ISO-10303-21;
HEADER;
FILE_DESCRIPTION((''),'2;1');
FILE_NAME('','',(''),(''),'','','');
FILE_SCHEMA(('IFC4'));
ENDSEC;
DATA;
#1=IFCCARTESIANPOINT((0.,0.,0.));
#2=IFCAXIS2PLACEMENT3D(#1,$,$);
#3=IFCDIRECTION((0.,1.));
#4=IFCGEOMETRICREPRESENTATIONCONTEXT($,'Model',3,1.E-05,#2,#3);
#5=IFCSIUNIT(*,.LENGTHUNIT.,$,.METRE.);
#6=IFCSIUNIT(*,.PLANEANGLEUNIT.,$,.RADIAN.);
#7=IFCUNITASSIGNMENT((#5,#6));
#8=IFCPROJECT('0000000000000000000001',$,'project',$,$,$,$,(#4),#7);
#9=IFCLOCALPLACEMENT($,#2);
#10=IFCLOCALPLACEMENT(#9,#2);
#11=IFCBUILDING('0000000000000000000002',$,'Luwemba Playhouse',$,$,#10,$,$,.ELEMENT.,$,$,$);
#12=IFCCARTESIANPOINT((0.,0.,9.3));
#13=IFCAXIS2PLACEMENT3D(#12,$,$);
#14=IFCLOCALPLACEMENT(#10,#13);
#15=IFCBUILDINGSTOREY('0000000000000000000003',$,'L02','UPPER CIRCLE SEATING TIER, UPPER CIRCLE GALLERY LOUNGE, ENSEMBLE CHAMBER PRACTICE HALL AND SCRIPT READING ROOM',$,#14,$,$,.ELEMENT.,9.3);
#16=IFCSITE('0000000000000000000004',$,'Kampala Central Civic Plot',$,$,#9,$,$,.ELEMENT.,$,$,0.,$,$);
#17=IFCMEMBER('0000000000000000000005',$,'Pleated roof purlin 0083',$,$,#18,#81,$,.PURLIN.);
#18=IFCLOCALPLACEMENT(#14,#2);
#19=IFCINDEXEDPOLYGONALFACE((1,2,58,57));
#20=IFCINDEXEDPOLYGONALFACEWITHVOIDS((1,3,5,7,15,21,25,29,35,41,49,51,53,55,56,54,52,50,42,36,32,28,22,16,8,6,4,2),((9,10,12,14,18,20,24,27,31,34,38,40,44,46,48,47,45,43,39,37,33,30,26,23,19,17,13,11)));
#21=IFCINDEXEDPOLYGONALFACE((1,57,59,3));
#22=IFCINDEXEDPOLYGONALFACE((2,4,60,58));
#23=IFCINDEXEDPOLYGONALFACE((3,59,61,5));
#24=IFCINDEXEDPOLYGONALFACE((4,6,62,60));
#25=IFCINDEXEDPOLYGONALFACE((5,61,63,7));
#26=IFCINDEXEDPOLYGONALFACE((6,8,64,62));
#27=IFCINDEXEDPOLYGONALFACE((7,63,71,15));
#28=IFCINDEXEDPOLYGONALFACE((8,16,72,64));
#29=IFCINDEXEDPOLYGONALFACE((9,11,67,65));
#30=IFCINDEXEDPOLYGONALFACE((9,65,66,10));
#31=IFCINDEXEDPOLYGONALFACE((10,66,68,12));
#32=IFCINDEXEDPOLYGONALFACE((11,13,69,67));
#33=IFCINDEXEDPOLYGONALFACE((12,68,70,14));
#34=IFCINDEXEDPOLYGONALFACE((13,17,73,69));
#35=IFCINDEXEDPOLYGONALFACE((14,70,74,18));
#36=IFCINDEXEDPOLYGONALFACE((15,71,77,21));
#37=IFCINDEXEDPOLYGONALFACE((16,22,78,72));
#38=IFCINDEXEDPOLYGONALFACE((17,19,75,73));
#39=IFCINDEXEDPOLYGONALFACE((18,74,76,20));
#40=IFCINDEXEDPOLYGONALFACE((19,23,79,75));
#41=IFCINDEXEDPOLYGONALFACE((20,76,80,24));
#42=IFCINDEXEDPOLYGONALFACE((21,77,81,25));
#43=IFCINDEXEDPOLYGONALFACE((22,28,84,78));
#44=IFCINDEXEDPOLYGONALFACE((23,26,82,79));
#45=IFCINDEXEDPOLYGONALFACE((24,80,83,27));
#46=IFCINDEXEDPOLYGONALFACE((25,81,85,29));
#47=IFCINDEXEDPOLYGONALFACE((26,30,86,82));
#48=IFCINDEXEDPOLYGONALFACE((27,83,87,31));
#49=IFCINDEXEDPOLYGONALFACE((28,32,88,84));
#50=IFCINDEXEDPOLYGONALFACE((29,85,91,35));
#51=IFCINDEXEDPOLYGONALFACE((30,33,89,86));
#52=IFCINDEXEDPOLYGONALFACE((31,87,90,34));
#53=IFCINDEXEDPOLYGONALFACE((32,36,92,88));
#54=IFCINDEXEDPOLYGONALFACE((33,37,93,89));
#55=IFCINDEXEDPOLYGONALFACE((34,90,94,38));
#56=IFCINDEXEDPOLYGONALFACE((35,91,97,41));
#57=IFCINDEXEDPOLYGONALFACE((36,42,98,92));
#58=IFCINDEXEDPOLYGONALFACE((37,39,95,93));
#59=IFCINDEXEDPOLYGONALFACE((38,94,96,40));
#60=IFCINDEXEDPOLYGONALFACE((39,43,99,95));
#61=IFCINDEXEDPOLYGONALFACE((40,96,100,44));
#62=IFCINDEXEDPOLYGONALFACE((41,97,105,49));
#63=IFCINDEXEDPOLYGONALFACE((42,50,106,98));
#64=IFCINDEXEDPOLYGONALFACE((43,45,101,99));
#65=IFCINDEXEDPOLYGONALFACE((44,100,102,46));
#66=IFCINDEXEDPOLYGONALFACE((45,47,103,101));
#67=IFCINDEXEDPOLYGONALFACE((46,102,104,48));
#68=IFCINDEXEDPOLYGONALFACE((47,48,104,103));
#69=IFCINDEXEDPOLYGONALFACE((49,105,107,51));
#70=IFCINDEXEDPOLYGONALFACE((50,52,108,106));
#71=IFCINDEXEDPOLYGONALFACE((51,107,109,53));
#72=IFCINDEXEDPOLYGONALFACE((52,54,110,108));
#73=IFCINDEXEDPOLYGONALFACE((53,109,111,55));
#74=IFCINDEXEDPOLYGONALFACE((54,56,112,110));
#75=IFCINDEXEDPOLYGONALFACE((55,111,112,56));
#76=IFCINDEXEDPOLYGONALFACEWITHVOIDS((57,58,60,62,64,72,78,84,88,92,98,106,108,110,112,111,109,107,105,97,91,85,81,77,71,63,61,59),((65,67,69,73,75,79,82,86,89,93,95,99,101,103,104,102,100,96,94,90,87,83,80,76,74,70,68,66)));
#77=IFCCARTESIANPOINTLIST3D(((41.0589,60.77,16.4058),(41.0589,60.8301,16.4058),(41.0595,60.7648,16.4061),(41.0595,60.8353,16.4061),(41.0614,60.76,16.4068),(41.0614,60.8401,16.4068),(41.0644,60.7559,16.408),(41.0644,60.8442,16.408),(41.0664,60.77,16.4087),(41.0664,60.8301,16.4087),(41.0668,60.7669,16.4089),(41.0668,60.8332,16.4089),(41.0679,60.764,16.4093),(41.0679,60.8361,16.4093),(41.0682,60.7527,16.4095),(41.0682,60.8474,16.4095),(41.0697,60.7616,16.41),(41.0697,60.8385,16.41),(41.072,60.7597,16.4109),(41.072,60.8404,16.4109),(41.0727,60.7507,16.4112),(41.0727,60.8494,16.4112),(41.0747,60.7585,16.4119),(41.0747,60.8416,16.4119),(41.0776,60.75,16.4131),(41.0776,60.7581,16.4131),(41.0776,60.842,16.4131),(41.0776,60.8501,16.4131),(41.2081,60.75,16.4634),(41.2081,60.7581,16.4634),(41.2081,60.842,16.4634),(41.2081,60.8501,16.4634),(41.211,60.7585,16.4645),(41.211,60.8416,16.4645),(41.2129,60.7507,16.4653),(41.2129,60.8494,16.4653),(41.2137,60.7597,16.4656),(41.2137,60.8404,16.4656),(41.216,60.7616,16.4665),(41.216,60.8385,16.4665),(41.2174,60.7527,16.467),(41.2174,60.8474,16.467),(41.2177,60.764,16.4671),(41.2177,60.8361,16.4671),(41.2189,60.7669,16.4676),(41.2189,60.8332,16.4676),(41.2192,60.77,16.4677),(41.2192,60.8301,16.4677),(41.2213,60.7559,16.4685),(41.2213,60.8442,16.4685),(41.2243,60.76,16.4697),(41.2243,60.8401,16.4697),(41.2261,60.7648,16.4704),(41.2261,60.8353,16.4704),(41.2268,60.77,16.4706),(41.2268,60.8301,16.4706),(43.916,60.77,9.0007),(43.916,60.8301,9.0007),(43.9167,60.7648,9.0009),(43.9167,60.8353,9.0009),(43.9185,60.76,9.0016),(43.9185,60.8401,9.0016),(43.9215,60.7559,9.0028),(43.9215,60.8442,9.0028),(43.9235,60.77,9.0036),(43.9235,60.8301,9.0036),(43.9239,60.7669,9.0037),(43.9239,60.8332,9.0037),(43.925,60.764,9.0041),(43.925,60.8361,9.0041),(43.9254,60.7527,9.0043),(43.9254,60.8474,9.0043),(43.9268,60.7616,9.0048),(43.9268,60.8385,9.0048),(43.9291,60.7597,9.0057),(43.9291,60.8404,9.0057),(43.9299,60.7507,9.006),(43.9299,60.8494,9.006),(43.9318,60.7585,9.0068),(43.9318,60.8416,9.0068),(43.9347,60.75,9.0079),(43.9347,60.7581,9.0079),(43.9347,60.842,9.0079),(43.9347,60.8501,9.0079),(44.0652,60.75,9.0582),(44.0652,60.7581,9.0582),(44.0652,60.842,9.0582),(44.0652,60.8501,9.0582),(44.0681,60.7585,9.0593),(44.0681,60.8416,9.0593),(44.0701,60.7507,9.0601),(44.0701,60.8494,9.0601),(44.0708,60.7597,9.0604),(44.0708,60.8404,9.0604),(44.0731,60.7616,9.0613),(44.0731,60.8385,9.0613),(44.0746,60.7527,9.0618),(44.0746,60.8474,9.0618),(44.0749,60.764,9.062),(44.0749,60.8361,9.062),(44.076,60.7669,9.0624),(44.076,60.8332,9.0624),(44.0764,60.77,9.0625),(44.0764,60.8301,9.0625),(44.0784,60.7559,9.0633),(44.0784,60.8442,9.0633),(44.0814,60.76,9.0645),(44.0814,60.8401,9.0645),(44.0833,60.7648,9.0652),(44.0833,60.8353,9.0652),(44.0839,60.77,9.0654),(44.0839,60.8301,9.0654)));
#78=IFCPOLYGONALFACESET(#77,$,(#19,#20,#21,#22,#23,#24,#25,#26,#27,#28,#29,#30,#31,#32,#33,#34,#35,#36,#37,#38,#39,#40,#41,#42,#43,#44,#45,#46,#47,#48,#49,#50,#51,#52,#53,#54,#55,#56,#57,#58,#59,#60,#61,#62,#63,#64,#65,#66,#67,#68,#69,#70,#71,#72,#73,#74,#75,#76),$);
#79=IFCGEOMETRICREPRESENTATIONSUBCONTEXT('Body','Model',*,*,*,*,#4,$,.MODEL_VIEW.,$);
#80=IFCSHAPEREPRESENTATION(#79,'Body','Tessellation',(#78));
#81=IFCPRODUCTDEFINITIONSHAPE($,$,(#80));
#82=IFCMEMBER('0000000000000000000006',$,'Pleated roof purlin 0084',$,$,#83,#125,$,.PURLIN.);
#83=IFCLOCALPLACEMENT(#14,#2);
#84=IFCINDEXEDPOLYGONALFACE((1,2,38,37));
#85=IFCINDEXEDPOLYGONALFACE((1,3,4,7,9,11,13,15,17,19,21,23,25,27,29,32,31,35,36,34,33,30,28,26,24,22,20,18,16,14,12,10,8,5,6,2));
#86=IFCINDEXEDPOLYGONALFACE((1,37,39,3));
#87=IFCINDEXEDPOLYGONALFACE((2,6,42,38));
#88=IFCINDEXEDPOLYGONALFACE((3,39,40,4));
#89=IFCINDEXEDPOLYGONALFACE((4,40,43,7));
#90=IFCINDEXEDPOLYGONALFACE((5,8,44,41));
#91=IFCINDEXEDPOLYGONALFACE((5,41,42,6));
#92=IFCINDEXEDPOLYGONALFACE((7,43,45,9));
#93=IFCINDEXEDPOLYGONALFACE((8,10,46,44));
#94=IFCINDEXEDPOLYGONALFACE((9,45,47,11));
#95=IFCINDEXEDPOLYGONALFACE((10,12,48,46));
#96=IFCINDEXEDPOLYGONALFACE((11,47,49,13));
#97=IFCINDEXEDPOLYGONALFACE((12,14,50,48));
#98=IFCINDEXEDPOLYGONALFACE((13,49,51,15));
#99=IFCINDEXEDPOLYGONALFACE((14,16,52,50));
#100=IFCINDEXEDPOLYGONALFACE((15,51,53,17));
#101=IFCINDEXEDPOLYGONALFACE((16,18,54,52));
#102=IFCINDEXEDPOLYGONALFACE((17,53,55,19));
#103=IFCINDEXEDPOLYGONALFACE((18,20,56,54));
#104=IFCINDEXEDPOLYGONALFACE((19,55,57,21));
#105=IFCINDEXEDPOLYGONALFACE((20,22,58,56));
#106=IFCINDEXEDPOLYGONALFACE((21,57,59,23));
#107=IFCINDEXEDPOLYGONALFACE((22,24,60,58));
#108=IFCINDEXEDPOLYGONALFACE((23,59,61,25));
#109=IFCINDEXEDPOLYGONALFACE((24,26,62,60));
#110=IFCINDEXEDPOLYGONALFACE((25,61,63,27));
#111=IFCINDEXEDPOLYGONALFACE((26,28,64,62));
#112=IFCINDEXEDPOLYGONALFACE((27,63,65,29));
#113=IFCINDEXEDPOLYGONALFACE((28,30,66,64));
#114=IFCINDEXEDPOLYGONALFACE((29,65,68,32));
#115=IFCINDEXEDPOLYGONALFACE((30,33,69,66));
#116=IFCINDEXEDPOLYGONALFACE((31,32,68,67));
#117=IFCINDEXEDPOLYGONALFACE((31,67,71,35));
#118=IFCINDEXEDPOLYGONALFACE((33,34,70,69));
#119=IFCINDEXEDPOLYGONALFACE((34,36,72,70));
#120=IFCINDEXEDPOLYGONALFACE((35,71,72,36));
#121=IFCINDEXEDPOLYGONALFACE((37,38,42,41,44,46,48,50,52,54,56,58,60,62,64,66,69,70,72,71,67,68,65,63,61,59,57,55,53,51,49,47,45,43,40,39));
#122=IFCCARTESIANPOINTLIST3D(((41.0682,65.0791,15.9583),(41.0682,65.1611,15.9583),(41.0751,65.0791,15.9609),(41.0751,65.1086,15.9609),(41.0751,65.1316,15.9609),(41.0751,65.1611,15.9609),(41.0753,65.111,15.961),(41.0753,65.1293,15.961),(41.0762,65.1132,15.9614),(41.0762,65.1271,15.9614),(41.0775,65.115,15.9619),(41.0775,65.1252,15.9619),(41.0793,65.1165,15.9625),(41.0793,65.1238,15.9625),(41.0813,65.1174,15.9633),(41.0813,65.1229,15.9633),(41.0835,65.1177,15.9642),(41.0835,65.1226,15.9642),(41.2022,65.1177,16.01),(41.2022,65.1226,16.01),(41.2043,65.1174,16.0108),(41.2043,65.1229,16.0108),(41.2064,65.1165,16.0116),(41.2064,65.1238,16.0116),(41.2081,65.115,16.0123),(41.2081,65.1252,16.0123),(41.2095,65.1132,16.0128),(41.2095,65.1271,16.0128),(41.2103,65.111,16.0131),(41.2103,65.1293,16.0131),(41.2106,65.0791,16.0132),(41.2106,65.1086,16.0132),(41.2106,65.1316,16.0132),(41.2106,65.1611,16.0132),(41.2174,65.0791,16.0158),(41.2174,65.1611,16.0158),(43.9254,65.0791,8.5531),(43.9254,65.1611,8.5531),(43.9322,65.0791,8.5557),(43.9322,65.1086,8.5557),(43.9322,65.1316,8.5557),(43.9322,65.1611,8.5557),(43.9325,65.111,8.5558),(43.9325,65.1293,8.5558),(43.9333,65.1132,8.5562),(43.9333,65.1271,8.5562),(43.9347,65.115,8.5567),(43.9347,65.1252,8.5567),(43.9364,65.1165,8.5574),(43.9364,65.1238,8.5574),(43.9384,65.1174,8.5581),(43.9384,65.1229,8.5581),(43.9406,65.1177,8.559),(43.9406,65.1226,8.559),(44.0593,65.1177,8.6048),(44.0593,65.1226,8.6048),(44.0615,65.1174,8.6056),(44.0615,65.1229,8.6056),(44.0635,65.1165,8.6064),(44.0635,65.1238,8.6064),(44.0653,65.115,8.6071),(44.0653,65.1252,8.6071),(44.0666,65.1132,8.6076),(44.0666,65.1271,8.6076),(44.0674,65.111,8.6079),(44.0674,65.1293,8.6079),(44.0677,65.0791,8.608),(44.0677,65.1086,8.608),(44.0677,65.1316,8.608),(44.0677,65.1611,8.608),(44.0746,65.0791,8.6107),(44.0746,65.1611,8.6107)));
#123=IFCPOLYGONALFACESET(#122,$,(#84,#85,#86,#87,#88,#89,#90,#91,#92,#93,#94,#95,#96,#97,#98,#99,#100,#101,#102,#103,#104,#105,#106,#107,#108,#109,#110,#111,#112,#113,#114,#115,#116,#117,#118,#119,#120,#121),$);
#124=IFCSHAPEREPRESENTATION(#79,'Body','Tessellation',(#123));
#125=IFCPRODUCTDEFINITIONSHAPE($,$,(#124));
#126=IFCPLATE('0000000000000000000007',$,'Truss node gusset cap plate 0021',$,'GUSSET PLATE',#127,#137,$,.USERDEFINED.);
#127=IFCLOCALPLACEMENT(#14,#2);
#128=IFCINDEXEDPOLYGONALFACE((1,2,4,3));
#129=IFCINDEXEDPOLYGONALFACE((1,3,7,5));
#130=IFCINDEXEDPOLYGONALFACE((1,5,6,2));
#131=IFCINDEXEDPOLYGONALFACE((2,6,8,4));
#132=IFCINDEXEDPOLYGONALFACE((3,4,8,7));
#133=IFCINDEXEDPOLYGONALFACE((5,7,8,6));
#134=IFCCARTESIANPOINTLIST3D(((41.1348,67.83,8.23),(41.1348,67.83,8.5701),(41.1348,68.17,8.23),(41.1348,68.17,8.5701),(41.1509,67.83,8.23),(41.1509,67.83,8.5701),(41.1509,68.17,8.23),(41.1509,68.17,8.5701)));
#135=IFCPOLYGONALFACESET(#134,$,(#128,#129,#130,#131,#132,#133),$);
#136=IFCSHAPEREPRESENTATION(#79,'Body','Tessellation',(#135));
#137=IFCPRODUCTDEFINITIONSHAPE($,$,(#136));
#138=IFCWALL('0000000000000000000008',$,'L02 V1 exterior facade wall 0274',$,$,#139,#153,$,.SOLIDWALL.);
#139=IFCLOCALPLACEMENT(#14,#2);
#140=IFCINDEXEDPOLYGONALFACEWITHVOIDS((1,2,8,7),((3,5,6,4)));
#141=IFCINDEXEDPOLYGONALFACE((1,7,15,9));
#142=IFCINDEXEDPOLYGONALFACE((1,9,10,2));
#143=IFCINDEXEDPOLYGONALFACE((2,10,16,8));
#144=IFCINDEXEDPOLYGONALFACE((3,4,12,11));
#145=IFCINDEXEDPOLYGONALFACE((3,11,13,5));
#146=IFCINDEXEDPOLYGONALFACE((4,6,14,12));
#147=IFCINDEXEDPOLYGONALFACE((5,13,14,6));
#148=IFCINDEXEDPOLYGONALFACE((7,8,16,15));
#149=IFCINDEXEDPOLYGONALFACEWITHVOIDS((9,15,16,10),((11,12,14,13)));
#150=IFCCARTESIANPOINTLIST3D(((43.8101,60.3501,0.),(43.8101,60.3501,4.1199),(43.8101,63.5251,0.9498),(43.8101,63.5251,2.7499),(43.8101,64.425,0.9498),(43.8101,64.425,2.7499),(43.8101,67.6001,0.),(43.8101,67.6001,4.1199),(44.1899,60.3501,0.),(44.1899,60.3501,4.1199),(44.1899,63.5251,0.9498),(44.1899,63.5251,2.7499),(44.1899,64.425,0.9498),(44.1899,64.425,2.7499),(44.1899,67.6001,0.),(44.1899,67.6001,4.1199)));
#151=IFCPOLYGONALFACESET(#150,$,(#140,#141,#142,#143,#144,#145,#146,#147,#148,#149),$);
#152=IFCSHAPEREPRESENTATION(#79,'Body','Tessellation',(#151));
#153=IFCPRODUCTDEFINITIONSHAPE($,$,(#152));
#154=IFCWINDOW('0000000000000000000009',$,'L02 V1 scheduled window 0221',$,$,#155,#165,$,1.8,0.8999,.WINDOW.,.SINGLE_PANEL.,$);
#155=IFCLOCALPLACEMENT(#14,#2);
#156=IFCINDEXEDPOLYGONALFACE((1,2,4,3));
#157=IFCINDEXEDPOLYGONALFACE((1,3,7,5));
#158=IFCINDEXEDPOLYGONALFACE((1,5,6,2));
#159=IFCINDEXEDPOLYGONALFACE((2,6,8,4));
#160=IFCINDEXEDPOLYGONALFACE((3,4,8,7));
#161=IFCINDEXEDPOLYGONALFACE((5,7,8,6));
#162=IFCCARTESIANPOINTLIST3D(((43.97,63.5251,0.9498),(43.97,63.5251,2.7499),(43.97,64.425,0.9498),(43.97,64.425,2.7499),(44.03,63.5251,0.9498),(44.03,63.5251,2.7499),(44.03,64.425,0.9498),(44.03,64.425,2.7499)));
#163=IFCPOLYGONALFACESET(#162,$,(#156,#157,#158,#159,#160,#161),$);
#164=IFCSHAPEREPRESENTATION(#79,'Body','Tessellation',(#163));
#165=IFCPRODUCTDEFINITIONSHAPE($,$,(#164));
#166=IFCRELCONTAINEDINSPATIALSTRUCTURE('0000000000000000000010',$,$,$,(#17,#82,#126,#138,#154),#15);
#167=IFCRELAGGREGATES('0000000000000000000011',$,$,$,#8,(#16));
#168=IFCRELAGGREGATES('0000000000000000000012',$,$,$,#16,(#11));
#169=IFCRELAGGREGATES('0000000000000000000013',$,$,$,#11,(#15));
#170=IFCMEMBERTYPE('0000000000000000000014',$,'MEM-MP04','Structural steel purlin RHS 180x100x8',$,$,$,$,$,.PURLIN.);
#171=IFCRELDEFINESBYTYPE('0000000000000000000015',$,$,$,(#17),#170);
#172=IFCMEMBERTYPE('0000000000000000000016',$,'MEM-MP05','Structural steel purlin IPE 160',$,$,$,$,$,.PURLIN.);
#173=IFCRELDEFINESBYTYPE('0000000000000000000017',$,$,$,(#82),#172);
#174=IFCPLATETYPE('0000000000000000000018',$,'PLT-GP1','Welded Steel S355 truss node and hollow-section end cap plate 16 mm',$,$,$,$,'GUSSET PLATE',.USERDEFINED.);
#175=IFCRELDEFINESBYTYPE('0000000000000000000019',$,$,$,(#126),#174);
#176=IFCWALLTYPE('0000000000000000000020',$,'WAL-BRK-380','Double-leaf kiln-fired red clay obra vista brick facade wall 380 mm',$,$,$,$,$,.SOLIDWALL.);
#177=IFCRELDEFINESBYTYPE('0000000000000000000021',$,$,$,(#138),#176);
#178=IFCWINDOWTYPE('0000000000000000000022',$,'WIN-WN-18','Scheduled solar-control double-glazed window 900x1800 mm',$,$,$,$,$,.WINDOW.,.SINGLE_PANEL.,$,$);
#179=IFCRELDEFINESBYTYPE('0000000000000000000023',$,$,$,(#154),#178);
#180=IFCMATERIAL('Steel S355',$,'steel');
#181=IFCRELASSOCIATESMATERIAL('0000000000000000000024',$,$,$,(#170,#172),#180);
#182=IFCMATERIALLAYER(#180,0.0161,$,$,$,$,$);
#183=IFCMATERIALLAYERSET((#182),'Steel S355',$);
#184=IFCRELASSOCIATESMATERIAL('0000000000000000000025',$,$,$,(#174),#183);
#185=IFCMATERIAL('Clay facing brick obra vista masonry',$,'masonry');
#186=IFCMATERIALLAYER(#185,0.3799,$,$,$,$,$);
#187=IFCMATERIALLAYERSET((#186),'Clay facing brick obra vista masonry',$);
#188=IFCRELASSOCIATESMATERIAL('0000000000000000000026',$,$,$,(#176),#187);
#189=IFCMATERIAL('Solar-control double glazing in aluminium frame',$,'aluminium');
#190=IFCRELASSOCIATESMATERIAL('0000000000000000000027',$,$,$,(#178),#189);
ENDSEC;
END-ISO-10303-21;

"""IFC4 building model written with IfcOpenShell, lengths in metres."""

from ifc_helpers import new_model, si_unit, direction, frame, frame_2d, origin, origin_2d, place, context, subcontext, project, spatial, rectangle, hollow_rectangle, i_section, extrude, material, layer, layer_set, material_profile, profile_set, type_object, element, fill, save


model = new_model("IFC4")

# Units and contexts
model_context = context("Model", 3, precision=1e-05, world=origin(), true_north=direction((0.0, 1.0)))
body_context = subcontext(model_context, "Body", "Model", "MODEL_VIEW")
ifc_project = project(units=[si_unit("LENGTHUNIT", "METRE"), si_unit("PLANEANGLEUNIT", "RADIAN")], contexts=[model_context])

# Site, building, storey
site_placement = place(None, origin())
site = spatial("IfcSite", under=ifc_project, at=site_placement, Name="Kampala Central Civic Plot", CompositionType="ELEMENT", RefElevation=0.0)
building_placement = place(site_placement, origin())
building = spatial("IfcBuilding", under=site, at=building_placement, Name="Luwemba Playhouse", CompositionType="ELEMENT")
storey_placement = place(building_placement, frame((0.0, 0.0, 9.3)))
storey = spatial("IfcBuildingStorey", under=building, at=storey_placement, Name="L02", Description="UPPER CIRCLE SEATING TIER, UPPER CIRCLE GALLERY LOUNGE, ENSEMBLE CHAMBER PRACTICE HALL AND SCRIPT READING ROOM", CompositionType="ELEMENT", Elevation=9.3)

# Shared definitions
ifc_material_1 = material(Name="Steel S355", Category="steel")

# Members
ifc_material_profile_1 = material_profile(ifc_material_1, hollow_rectangle(XDim=0.1001, YDim=0.1799, WallThickness=0.0081, InnerFilletRadius=0.012, OuterFilletRadius=0.02, at=origin_2d()))
ifc_profile_set_1 = profile_set([ifc_material_profile_1], Name="Steel S355")
member_type_1 = type_object("IfcMemberType", Name="MEM-MP04", Description="Structural steel purlin RHS 180x100x8", PredefinedType="PURLIN", material=ifc_profile_set_1)
member_1_placement = place(storey_placement, frame((41.1428, 60.8, 16.4382), z_axis=(0.359966, 0.0, -0.932965), x_axis=(0.0, 1.0, 0.0)))
element("IfcMember", 1, at=member_1_placement, inside=storey, type_object=member_type_1, Name="Pleated roof purlin 0083", PredefinedType="PURLIN", context=body_context, shape_type="SweptSolid", body=[
    extrude(hollow_rectangle(XDim=0.1001, YDim=0.1799, WallThickness=0.0081, InnerFilletRadius=0.012, OuterFilletRadius=0.02, at=origin_2d()), origin(), (0.0, 0.0, 1.0), 7.9373),
])
ifc_material_profile_2 = material_profile(ifc_material_1, i_section(OverallWidth=0.082, OverallDepth=0.1599, WebThickness=0.0049, FlangeThickness=0.0073, FilletRadius=0.009, at=origin_2d()))
ifc_profile_set_2 = profile_set([ifc_material_profile_2], Name="Steel S355")
member_type_2 = type_object("IfcMemberType", Name="MEM-MP05", Description="Structural steel purlin IPE 160", PredefinedType="PURLIN", material=ifc_profile_set_2)
member_2_placement = place(storey_placement, frame((41.1428, 65.1201, 15.9871), z_axis=(0.359966, 0.0, -0.932965), x_axis=(0.0, 1.0, 0.0)))
element("IfcMember", 2, at=member_2_placement, inside=storey, type_object=member_type_2, Name="Pleated roof purlin 0084", PredefinedType="PURLIN", context=body_context, shape_type="SweptSolid", body=[
    extrude(i_section(OverallWidth=0.082, OverallDepth=0.1599, WebThickness=0.0049, FlangeThickness=0.0073, FilletRadius=0.009, at=origin_2d()), origin(), (0.0, 0.0, 1.0), 7.9373),
])

# Plate
ifc_layer_1 = layer(ifc_material_1, 0.0161)
ifc_layer_set_1 = layer_set([ifc_layer_1], Name="Steel S355")
plate_type = type_object("IfcPlateType", Name="PLT-GP1", Description="Welded Steel S355 truss node and hollow-section end cap plate 16 mm", ElementType="GUSSET PLATE", PredefinedType="USERDEFINED", material=ifc_layer_set_1)
plate_placement = place(storey_placement, frame((41.1428, 68.0, 8.23), z_axis=(0.0, 0.0, 1.0), x_axis=(1.0, 0.0, 0.0)))
element("IfcPlate", 3, at=plate_placement, inside=storey, type_object=plate_type, Name="Truss node gusset cap plate 0021", ObjectType="GUSSET PLATE", PredefinedType="USERDEFINED", context=body_context, shape_type="SweptSolid", body=[
    extrude(rectangle(XDim=0.0161, YDim=0.3401, at=origin_2d()), origin(), (0.0, 0.0, 1.0), 0.3401),
])

# Wall, opening, window
ifc_material_2 = material(Name="Clay facing brick obra vista masonry", Category="masonry")
ifc_layer_2 = layer(ifc_material_2, 0.3799)
ifc_layer_set_2 = layer_set([ifc_layer_2], Name="Clay facing brick obra vista masonry")
wall_type_1 = type_object("IfcWallType", Name="WAL-BRK-380", Description="Double-leaf kiln-fired red clay obra vista brick facade wall 380 mm", PredefinedType="SOLIDWALL", material=ifc_layer_set_2)
wall_1_placement = place(storey_placement, frame((44.0, 67.6001, 0.0), z_axis=(0.0, 0.0, 1.0), x_axis=(0.0, -1.0, 0.0)))
wall_1 = element("IfcWall", 4, at=wall_1_placement, inside=storey, type_object=wall_type_1, Name="L02 V1 exterior facade wall 0274", PredefinedType="SOLIDWALL", context=body_context, shape_type="SweptSolid", body=[
    extrude(rectangle(XDim=7.25, YDim=0.3799, at=frame_2d((3.625, 0.0))), origin(), (0.0, 0.0, 1.0), 4.1199),
])
opening_1_placement = place(wall_1_placement, frame((3.175, 0.0, 0.95)))
opening_1 = element("IfcOpeningElement", 5, at=opening_1_placement, cuts=wall_1, PredefinedType="OPENING", context=body_context, shape_type="SweptSolid", body=[
    extrude(rectangle(XDim=0.8999, YDim=1.8, at=frame_2d((0.45, 0.8999))), frame((0.0, 0.2, 0.0), z_axis=(0.0, -1.0, 0.0), x_axis=(1.0, 0.0, 0.0)), (0.0, 0.0, 1.0), 0.3999),
])
ifc_material_3 = material(Name="Solar-control double glazing in aluminium frame", Category="aluminium")
window_type_1 = type_object("IfcWindowType", Name="WIN-WN-18", Description="Scheduled solar-control double-glazed window 900x1800 mm", PartitioningType="SINGLE_PANEL", PredefinedType="WINDOW", material=ifc_material_3)
window_1_placement = place(opening_1_placement, origin())
window_1 = element("IfcWindow", 6, at=window_1_placement, inside=storey, type_object=window_type_1, Name="L02 V1 scheduled window 0221", OverallHeight=1.8, OverallWidth=0.8999, PartitioningType="SINGLE_PANEL", PredefinedType="WINDOW", context=body_context, shape_type="SweptSolid", body=[
    extrude(rectangle(XDim=0.8999, YDim=1.8, at=frame_2d((0.45, 0.8999))), frame((0.0, 0.03, 0.0), z_axis=(0.0, -1.0, 0.0), x_axis=(1.0, 0.0, 0.0)), (0.0, 0.0, 1.0), 0.0601),
])
fill(opening_1, window_1)

save(model, "model.ifc")
